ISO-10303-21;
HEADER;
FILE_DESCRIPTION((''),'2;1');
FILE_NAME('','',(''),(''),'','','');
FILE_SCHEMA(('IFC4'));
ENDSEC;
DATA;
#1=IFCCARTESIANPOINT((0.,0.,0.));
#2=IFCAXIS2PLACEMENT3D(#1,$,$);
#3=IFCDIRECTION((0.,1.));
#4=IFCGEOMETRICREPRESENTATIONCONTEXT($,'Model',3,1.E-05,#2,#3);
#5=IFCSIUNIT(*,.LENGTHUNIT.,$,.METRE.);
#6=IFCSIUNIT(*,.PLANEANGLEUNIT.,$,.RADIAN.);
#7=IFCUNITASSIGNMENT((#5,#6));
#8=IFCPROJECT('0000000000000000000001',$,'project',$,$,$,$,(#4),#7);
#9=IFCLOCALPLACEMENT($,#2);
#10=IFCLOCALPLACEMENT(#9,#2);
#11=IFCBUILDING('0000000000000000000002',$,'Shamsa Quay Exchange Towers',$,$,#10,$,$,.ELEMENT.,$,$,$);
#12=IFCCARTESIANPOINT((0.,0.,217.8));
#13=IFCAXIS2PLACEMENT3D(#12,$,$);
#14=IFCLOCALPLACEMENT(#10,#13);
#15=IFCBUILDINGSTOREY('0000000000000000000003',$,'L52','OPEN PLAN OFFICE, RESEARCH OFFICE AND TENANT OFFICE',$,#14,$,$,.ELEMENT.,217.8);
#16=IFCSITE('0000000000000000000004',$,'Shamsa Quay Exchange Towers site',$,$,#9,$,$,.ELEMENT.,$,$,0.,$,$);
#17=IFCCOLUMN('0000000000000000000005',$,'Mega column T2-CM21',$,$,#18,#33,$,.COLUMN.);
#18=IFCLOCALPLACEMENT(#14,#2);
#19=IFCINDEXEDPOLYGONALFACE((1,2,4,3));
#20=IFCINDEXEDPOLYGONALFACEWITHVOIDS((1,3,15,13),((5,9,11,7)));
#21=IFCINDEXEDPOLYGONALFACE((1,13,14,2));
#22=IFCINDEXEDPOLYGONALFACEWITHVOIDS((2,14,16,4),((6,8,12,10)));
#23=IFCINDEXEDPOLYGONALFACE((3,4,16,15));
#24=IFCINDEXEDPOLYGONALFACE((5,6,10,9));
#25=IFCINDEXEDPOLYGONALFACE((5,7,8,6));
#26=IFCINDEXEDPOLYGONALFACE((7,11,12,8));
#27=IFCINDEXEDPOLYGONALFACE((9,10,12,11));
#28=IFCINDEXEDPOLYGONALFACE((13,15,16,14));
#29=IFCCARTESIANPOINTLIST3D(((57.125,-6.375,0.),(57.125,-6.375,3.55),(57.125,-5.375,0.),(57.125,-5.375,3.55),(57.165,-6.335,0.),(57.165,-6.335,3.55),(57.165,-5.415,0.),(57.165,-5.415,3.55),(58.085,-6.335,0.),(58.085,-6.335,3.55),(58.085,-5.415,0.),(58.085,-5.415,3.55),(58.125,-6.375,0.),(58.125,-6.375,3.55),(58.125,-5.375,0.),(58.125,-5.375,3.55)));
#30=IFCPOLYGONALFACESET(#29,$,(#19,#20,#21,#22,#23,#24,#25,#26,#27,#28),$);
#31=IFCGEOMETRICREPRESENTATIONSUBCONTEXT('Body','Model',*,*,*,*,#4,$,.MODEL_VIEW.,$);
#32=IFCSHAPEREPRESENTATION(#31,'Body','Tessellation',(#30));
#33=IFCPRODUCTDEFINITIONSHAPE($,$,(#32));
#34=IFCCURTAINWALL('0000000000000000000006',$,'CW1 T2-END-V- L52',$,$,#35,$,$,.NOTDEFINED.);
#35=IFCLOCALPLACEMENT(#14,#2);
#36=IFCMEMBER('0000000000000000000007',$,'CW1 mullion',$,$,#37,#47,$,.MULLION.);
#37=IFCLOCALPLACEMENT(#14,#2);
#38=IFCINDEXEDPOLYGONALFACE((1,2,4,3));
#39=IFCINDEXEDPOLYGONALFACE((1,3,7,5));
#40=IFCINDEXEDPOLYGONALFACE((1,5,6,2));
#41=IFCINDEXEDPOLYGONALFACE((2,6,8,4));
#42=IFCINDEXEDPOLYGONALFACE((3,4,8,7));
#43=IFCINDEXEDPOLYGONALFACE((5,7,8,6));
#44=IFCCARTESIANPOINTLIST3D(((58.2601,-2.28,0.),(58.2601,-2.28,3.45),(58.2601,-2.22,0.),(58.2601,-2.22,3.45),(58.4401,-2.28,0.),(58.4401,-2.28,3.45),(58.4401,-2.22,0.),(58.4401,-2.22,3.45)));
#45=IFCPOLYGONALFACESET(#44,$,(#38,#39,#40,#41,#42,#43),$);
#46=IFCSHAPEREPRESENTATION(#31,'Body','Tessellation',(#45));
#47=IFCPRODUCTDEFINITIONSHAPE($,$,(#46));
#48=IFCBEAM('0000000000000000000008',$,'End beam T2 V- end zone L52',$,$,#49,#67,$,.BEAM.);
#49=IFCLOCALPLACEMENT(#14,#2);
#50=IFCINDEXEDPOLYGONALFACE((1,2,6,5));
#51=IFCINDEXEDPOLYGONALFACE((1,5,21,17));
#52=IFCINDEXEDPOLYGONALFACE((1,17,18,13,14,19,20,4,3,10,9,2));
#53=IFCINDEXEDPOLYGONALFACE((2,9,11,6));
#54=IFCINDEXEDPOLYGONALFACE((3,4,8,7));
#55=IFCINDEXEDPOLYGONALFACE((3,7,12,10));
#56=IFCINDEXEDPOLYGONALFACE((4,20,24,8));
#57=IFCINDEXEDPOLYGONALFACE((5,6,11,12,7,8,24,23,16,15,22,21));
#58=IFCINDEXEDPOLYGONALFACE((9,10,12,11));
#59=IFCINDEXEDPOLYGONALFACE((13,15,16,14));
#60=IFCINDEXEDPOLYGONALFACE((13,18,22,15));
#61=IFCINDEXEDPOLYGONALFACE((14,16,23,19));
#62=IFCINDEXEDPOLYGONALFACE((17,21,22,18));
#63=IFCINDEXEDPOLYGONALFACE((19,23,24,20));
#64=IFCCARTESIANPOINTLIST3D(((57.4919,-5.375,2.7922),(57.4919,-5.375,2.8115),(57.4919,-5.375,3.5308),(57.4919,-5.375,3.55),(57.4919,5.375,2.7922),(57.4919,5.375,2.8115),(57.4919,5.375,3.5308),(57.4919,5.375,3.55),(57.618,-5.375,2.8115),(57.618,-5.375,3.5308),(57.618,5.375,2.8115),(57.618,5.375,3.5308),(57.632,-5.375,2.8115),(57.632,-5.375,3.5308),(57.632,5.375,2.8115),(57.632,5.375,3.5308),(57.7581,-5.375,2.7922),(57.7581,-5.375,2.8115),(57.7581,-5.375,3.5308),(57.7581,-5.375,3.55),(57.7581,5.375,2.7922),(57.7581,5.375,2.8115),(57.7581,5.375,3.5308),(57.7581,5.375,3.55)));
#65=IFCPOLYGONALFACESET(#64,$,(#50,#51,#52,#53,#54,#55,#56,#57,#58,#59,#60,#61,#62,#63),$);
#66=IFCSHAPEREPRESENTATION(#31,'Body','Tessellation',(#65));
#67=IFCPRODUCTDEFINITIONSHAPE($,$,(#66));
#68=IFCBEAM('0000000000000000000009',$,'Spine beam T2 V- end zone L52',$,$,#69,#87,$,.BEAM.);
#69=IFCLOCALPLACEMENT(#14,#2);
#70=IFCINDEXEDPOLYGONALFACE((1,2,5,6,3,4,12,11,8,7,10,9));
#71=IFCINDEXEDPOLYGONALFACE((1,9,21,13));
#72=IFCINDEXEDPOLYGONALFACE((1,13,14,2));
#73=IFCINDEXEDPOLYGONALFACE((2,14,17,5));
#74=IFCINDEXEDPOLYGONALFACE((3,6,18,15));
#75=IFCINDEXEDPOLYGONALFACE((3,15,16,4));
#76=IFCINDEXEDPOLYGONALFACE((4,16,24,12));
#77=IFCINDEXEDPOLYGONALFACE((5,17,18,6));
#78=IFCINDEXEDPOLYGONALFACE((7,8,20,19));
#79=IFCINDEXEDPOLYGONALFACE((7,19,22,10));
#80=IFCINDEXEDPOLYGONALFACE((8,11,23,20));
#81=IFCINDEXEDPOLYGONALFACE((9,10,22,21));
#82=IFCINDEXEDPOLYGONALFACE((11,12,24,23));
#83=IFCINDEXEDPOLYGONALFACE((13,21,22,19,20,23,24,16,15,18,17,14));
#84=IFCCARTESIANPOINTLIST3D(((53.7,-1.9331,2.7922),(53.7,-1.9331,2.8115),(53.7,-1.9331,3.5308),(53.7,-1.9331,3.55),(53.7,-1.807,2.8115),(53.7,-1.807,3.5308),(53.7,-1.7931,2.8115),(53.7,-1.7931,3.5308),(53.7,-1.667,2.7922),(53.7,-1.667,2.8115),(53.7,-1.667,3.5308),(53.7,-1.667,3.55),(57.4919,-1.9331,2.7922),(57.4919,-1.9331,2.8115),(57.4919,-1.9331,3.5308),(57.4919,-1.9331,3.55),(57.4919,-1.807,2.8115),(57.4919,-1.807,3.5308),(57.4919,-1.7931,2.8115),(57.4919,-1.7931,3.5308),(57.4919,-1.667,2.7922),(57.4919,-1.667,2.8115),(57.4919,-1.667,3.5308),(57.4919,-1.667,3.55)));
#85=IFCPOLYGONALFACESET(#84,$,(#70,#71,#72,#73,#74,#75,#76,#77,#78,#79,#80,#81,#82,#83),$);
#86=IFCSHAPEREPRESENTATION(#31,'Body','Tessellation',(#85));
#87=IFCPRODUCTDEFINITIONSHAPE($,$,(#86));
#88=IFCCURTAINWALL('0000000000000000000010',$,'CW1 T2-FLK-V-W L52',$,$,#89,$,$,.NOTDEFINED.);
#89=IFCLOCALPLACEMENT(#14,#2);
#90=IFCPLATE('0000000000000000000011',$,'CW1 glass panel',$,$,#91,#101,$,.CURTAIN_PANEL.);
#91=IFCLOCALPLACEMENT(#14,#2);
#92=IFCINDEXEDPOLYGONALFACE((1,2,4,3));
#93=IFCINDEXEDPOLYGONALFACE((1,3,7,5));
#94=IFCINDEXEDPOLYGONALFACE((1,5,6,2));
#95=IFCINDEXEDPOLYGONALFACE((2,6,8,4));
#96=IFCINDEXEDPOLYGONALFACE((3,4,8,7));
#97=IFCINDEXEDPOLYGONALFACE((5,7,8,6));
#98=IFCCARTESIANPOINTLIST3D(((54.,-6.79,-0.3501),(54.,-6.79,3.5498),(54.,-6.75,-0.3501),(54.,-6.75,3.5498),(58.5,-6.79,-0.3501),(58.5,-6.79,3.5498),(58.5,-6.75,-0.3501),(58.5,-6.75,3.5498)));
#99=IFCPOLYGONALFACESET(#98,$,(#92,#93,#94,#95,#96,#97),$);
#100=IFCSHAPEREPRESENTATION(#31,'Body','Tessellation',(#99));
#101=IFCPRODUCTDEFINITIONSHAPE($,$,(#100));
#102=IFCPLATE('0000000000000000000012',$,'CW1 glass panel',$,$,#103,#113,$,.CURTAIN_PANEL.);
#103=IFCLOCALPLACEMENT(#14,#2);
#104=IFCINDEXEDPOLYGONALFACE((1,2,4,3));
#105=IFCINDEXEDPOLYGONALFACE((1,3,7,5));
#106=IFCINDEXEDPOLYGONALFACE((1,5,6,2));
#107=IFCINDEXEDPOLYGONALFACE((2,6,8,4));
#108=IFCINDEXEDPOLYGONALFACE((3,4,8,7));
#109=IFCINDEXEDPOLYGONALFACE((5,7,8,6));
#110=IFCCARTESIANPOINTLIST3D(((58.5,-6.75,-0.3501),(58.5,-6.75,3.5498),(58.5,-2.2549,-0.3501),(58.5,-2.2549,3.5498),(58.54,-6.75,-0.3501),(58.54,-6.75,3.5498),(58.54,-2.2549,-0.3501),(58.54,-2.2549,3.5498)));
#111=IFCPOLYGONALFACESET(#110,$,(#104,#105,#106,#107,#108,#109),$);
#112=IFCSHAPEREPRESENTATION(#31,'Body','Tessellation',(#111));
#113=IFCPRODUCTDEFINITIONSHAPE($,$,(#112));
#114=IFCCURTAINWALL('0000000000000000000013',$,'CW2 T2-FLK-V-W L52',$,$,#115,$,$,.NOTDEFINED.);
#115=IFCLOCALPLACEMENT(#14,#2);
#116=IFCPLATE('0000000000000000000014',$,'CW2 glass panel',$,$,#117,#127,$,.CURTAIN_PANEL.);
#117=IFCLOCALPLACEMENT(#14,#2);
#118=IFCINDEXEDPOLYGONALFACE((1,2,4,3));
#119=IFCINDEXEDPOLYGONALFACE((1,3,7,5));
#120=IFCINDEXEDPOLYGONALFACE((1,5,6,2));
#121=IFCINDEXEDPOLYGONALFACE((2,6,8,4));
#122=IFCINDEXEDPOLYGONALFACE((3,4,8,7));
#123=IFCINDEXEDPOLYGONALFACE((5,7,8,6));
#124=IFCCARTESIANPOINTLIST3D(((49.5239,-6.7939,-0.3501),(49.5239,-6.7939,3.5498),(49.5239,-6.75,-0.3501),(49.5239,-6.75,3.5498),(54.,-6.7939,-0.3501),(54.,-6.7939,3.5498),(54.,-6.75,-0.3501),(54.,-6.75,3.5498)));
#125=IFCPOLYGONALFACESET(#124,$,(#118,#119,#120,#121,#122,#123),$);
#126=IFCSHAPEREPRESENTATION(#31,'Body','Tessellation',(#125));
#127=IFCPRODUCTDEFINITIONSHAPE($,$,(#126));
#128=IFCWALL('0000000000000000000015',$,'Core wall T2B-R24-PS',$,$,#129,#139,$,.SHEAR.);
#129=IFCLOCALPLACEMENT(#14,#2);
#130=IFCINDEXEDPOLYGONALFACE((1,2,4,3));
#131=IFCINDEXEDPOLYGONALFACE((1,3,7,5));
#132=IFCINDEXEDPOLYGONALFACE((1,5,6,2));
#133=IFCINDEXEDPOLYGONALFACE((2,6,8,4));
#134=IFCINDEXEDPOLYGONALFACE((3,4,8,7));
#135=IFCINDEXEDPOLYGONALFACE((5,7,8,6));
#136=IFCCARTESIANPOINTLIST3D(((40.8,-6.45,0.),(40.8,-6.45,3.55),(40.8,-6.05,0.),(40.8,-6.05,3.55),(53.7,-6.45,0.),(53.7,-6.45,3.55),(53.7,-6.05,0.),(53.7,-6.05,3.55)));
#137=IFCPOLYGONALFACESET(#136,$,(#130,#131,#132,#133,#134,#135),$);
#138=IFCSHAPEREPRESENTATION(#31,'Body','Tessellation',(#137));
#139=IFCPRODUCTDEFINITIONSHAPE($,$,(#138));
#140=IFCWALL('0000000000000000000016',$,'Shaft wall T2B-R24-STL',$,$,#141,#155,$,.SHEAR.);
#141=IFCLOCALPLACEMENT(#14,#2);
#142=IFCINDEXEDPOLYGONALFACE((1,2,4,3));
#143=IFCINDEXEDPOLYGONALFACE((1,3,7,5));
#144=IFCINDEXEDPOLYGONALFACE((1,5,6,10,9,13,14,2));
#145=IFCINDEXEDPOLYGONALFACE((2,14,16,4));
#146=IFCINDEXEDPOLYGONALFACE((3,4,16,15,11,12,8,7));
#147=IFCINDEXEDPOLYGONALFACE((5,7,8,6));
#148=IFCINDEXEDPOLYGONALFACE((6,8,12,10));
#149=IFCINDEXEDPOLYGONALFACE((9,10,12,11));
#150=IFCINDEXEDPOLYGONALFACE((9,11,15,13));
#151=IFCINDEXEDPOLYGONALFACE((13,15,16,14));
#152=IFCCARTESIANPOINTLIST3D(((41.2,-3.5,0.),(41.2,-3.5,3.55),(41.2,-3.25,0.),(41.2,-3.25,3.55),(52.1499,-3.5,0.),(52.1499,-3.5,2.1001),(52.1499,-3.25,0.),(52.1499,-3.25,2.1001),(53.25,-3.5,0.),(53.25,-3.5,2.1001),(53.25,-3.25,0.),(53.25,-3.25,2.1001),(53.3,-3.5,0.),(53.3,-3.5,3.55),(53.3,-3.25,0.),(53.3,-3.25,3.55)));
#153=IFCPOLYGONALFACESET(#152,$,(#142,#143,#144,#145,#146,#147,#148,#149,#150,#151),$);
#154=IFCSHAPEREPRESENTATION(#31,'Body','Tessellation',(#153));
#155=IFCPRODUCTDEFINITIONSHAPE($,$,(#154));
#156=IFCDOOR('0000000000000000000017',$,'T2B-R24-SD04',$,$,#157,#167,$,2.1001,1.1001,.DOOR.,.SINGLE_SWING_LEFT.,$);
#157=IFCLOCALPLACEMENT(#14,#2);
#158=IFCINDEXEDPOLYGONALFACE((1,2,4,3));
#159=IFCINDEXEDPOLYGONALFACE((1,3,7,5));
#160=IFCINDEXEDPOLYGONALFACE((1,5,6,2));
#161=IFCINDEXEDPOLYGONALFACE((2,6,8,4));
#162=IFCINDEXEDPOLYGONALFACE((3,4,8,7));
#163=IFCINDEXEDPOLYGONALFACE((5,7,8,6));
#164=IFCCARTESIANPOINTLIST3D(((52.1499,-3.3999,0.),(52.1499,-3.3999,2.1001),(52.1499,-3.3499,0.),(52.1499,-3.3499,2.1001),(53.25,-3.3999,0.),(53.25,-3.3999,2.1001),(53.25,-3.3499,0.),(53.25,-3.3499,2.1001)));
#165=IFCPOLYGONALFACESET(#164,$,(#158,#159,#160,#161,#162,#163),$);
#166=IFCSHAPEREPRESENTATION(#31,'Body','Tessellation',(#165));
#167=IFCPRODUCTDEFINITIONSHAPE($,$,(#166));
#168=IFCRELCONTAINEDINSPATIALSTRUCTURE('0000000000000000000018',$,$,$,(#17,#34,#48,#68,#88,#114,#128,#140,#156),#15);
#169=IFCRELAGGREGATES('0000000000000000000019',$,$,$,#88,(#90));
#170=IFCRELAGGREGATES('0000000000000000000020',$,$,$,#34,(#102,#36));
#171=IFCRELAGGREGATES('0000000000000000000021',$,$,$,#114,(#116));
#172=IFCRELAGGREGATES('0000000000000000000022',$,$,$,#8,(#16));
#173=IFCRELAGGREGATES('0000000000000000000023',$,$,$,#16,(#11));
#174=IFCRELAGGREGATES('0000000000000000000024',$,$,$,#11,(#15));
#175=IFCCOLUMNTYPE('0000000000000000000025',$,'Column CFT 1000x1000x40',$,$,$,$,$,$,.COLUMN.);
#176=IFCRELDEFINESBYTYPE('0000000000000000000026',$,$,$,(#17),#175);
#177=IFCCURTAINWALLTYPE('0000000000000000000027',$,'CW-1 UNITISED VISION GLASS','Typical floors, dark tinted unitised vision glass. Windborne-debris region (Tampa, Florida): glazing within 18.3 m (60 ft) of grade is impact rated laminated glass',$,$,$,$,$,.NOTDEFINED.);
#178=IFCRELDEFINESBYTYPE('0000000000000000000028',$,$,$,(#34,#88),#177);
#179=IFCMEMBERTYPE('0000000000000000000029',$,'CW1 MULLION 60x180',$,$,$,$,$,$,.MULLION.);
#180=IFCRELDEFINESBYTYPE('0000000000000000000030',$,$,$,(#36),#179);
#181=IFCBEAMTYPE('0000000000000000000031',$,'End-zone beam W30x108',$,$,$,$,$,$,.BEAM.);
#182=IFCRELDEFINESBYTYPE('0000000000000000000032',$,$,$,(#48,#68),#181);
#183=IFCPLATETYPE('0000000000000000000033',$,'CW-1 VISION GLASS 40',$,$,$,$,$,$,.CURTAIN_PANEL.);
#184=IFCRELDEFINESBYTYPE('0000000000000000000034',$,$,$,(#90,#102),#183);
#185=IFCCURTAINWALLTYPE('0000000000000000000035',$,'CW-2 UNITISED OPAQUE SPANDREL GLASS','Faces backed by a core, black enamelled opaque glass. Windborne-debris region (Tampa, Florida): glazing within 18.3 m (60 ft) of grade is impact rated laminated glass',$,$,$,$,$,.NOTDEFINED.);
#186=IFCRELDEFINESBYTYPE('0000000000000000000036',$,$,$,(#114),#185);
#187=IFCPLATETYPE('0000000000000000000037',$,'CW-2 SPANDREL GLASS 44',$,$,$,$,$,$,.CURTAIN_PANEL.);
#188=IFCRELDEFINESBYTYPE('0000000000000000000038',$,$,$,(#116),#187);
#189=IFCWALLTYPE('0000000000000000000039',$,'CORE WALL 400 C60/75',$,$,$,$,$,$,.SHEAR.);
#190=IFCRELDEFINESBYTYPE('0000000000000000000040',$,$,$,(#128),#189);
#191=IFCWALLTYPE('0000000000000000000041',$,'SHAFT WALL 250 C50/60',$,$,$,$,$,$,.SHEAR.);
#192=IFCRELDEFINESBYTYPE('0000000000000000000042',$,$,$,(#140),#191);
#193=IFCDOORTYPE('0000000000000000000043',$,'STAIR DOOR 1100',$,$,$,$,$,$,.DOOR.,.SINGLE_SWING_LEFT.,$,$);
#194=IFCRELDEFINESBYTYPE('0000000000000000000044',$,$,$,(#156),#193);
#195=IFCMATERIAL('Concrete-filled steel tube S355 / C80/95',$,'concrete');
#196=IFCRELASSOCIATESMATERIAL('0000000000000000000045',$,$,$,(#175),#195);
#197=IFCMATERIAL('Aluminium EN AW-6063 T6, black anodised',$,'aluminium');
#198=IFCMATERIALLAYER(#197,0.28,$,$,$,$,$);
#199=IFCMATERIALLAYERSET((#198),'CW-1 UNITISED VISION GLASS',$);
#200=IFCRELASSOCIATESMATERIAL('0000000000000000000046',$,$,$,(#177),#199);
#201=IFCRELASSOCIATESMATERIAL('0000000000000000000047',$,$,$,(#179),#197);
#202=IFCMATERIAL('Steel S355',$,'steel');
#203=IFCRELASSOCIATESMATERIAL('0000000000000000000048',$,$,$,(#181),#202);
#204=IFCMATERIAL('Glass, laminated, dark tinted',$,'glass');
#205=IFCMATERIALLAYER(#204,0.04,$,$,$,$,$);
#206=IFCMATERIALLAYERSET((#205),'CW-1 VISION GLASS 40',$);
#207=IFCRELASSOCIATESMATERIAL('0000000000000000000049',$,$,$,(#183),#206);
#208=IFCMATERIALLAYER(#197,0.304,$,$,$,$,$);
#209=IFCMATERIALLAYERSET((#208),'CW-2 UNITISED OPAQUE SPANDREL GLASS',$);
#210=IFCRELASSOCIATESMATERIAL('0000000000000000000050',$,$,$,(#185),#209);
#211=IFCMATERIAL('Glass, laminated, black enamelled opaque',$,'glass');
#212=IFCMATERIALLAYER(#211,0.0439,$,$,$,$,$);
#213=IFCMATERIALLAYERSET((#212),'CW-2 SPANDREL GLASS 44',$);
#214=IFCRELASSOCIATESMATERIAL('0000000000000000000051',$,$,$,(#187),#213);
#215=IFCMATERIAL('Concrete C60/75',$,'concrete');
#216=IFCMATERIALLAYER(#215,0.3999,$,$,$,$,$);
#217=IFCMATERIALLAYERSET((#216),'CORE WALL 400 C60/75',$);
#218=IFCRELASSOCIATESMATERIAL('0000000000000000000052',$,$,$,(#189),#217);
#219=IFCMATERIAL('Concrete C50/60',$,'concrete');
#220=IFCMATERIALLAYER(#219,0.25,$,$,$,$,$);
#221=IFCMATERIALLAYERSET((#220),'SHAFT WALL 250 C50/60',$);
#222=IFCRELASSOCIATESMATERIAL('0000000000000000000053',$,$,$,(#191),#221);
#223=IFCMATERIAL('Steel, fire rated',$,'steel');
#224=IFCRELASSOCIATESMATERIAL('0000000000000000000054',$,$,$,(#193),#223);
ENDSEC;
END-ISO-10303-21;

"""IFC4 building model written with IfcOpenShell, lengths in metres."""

from ifc_helpers import new_model, si_unit, direction, frame, frame_2d, origin, origin_2d, place, context, subcontext, project, spatial, rectangle, hollow_rectangle, i_section, extrude, material, layer, layer_set, material_profile, profile_set, type_object, element, fill, aggregate, save


model = new_model("IFC4")

# Units and contexts
model_context = context("Model", 3, precision=1e-05, world=origin(), true_north=direction((0.0, 1.0)))
body_context = subcontext(model_context, "Body", "Model", "MODEL_VIEW")
ifc_project = project(units=[si_unit("LENGTHUNIT", "METRE"), si_unit("PLANEANGLEUNIT", "RADIAN")], contexts=[model_context])

# Site, building, storey
site_placement = place(None, origin())
site = spatial("IfcSite", under=ifc_project, at=site_placement, Name="Shamsa Quay Exchange Towers site", CompositionType="ELEMENT", RefElevation=0.0)
building_placement = place(site_placement, origin())
building = spatial("IfcBuilding", under=site, at=building_placement, Name="Shamsa Quay Exchange Towers", CompositionType="ELEMENT")
storey_placement = place(building_placement, frame((0.0, 0.0, 217.8)))
storey = spatial("IfcBuildingStorey", under=building, at=storey_placement, Name="L52", Description="OPEN PLAN OFFICE, RESEARCH OFFICE AND TENANT OFFICE", CompositionType="ELEMENT", Elevation=217.8)

# Column
ifc_material_1 = material(Name="Concrete-filled steel tube S355 / C80/95", Category="concrete")
ifc_material_profile_1 = material_profile(ifc_material_1, hollow_rectangle(XDim=1.0, YDim=1.0, WallThickness=0.04, at=origin_2d()), Name="CFT 1000x1000x40")
ifc_profile_set_1 = profile_set([ifc_material_profile_1], Name="Concrete-filled steel tube S355 / C80/95")
column_type = type_object("IfcColumnType", Name="Column CFT 1000x1000x40", PredefinedType="COLUMN", material=ifc_profile_set_1)
column_placement = place(storey_placement, frame((57.625, -5.875, 0.0)))
element("IfcColumn", 1, at=column_placement, inside=storey, type_object=column_type, Name="Mega column T2-CM21", PredefinedType="COLUMN", context=body_context, shape_type="SweptSolid", body=[
    extrude(hollow_rectangle(XDim=1.0, YDim=1.0, WallThickness=0.04, at=origin_2d()), origin(), (0.0, 0.0, 1.0), 3.55),
])

# Curtain wall, member
ifc_material_2 = material(Name="Aluminium EN AW-6063 T6, black anodised", Category="aluminium")
ifc_layer_1 = layer(ifc_material_2, 0.28)
ifc_layer_set_1 = layer_set([ifc_layer_1], Name="CW-1 UNITISED VISION GLASS")
curtain_wall_type_1 = type_object("IfcCurtainWallType", Name="CW-1 UNITISED VISION GLASS", Description="Typical floors, dark tinted unitised vision glass. Windborne-debris region (Tampa, Florida): glazing within 18.3 m (60 ft) of grade is impact rated laminated glass", PredefinedType="NOTDEFINED", material=ifc_layer_set_1)
curtain_wall_1_placement = place(storey_placement, origin())
curtain_wall_1 = element("IfcCurtainWall", 2, at=curtain_wall_1_placement, inside=storey, type_object=curtain_wall_type_1, Name="CW1 T2-END-V- L52", PredefinedType="NOTDEFINED")
ifc_material_profile_2 = material_profile(ifc_material_2, rectangle(XDim=0.1799, YDim=0.0601, at=origin_2d()), Name="MU60x180")
ifc_profile_set_2 = profile_set([ifc_material_profile_2], Name="Aluminium EN AW-6063 T6, black anodised")
member_type = type_object("IfcMemberType", Name="CW1 MULLION 60x180", PredefinedType="MULLION", material=ifc_profile_set_2)
member_placement = place(storey_placement, frame((58.3501, -2.25, 0.0), z_axis=(0.0, 0.0, 1.0), x_axis=(-1.0, 0.0, 0.0)))
member = element("IfcMember", 3, at=member_placement, type_object=member_type, Name="CW1 mullion", PredefinedType="MULLION", context=body_context, shape_type="SweptSolid", body=[
    extrude(rectangle(XDim=0.1799, YDim=0.0601, at=origin_2d()), origin(), (0.0, 0.0, 1.0), 3.45),
])

# Beams
ifc_material_3 = material(Name="Steel S355", Category="steel")
ifc_material_profile_3 = material_profile(ifc_material_3, i_section(OverallWidth=0.2661, OverallDepth=0.7578, WebThickness=0.0139, FlangeThickness=0.0193, at=origin_2d()), Name="W30x108")
ifc_profile_set_3 = profile_set([ifc_material_profile_3], Name="Steel S355")
beam_type = type_object("IfcBeamType", Name="End-zone beam W30x108", PredefinedType="BEAM", material=ifc_profile_set_3)
beam_1_placement = place(storey_placement, frame((57.625, -5.375, 3.1711), z_axis=(0.0, 1.0, 0.0), x_axis=(-1.0, 0.0, 0.0)))
element("IfcBeam", 4, at=beam_1_placement, inside=storey, type_object=beam_type, Name="End beam T2 V- end zone L52", PredefinedType="BEAM", context=body_context, shape_type="SweptSolid", body=[
    extrude(i_section(OverallWidth=0.2661, OverallDepth=0.7578, WebThickness=0.0139, FlangeThickness=0.0193, at=origin_2d()), origin(), (0.0, 0.0, 1.0), 10.75),
])
beam_2_placement = place(storey_placement, frame((53.7, -1.8, 3.1711), z_axis=(1.0, 0.0, 0.0), x_axis=(0.0, 1.0, 0.0)))
element("IfcBeam", 5, at=beam_2_placement, inside=storey, type_object=beam_type, Name="Spine beam T2 V- end zone L52", PredefinedType="BEAM", context=body_context, shape_type="SweptSolid", body=[
    extrude(i_section(OverallWidth=0.2661, OverallDepth=0.7578, WebThickness=0.0139, FlangeThickness=0.0193, at=origin_2d()), origin(), (0.0, 0.0, 1.0), 3.792),
])

# Curtain wall, plate
curtain_wall_2_placement = place(storey_placement, origin())
curtain_wall_2 = element("IfcCurtainWall", 6, at=curtain_wall_2_placement, inside=storey, type_object=curtain_wall_type_1, Name="CW1 T2-FLK-V-W L52", PredefinedType="NOTDEFINED")
ifc_material_4 = material(Name="Glass, laminated, dark tinted", Category="glass")
ifc_layer_2 = layer(ifc_material_4, 0.04)
ifc_layer_set_2 = layer_set([ifc_layer_2], Name="CW-1 VISION GLASS 40")
plate_type_1 = type_object("IfcPlateType", Name="CW-1 VISION GLASS 40", PredefinedType="CURTAIN_PANEL", material=ifc_layer_set_2)
plate_1_placement = place(storey_placement, frame((56.25, -6.77, -0.3501)))
plate_1 = element("IfcPlate", 7, at=plate_1_placement, type_object=plate_type_1, Name="CW1 glass panel", PredefinedType="CURTAIN_PANEL", context=body_context, shape_type="SweptSolid", body=[
    extrude(rectangle(XDim=4.5, YDim=0.04, at=origin_2d()), origin(), (0.0, 0.0, 1.0), 3.8999),
])
aggregate(curtain_wall_2, [plate_1])

# Plate
plate_2_placement = place(storey_placement, frame((58.52, -4.5024, -0.3501), z_axis=(0.0, 0.0, 1.0), x_axis=(0.0, 1.0, 0.0)))
plate_2 = element("IfcPlate", 8, at=plate_2_placement, type_object=plate_type_1, Name="CW1 glass panel", PredefinedType="CURTAIN_PANEL", context=body_context, shape_type="SweptSolid", body=[
    extrude(rectangle(XDim=4.4951, YDim=0.04, at=origin_2d()), origin(), (0.0, 0.0, 1.0), 3.8999),
])
aggregate(curtain_wall_1, [plate_2, member])

# Curtain wall, plate
ifc_layer_3 = layer(ifc_material_2, 0.304)
ifc_layer_set_3 = layer_set([ifc_layer_3], Name="CW-2 UNITISED OPAQUE SPANDREL GLASS")
curtain_wall_type_2 = type_object("IfcCurtainWallType", Name="CW-2 UNITISED OPAQUE SPANDREL GLASS", Description="Faces backed by a core, black enamelled opaque glass. Windborne-debris region (Tampa, Florida): glazing within 18.3 m (60 ft) of grade is impact rated laminated glass", PredefinedType="NOTDEFINED", material=ifc_layer_set_3)
curtain_wall_3_placement = place(storey_placement, origin())
curtain_wall_3 = element("IfcCurtainWall", 9, at=curtain_wall_3_placement, inside=storey, type_object=curtain_wall_type_2, Name="CW2 T2-FLK-V-W L52", PredefinedType="NOTDEFINED")
ifc_material_5 = material(Name="Glass, laminated, black enamelled opaque", Category="glass")
ifc_layer_4 = layer(ifc_material_5, 0.0439)
ifc_layer_set_4 = layer_set([ifc_layer_4], Name="CW-2 SPANDREL GLASS 44")
plate_type_2 = type_object("IfcPlateType", Name="CW-2 SPANDREL GLASS 44", PredefinedType="CURTAIN_PANEL", material=ifc_layer_set_4)
plate_3_placement = place(storey_placement, frame((51.762, -6.772, -0.3501)))
plate_3 = element("IfcPlate", 10, at=plate_3_placement, type_object=plate_type_2, Name="CW2 glass panel", PredefinedType="CURTAIN_PANEL", context=body_context, shape_type="SweptSolid", body=[
    extrude(rectangle(XDim=4.4761, YDim=0.0439, at=origin_2d()), origin(), (0.0, 0.0, 1.0), 3.8999),
])
aggregate(curtain_wall_3, [plate_3])

# Wall
ifc_material_6 = material(Name="Concrete C60/75", Category="concrete")
ifc_layer_5 = layer(ifc_material_6, 0.3999)
ifc_layer_set_5 = layer_set([ifc_layer_5], Name="CORE WALL 400 C60/75")
wall_type_1 = type_object("IfcWallType", Name="CORE WALL 400 C60/75", PredefinedType="SHEAR", material=ifc_layer_set_5)
wall_1_placement = place(storey_placement, frame((53.7, -6.25, 0.0), z_axis=(0.0, 0.0, 1.0), x_axis=(-1.0, 0.0, 0.0)))
element("IfcWall", 11, at=wall_1_placement, inside=storey, type_object=wall_type_1, Name="Core wall T2B-R24-PS", PredefinedType="SHEAR", context=body_context, shape_type="SweptSolid", body=[
    extrude(rectangle(XDim=12.8999, YDim=0.3999, at=frame_2d((6.45, 0.0))), origin(), (0.0, 0.0, 1.0), 3.55),
])

# Wall, opening, door
ifc_material_7 = material(Name="Steel, fire rated", Category="steel")
ifc_material_8 = material(Name="Concrete C50/60", Category="concrete")
ifc_layer_6 = layer(ifc_material_8, 0.25)
ifc_layer_set_6 = layer_set([ifc_layer_6], Name="SHAFT WALL 250 C50/60")
wall_type_2 = type_object("IfcWallType", Name="SHAFT WALL 250 C50/60", PredefinedType="SHEAR", material=ifc_layer_set_6)
wall_2_placement = place(storey_placement, frame((53.3, -3.375, 0.0), z_axis=(0.0, 0.0, 1.0), x_axis=(-1.0, 0.0, 0.0)))
wall_2 = element("IfcWall", 12, at=wall_2_placement, inside=storey, type_object=wall_type_2, Name="Shaft wall T2B-R24-STL", PredefinedType="SHEAR", context=body_context, shape_type="SweptSolid", body=[
    extrude(rectangle(XDim=12.1001, YDim=0.25, at=frame_2d((6.05, 0.0))), origin(), (0.0, 0.0, 1.0), 3.55),
])
opening_1_placement = place(wall_2_placement, frame((0.05, 0.0, 0.0)))
opening_1 = element("IfcOpeningElement", 13, at=opening_1_placement, cuts=wall_2, PredefinedType="OPENING", context=body_context, shape_type="SweptSolid", body=[
    extrude(rectangle(XDim=1.1001, YDim=2.1001, at=frame_2d((0.55, 1.05))), frame((0.0, 0.135, 0.0), z_axis=(0.0, -1.0, 0.0), x_axis=(1.0, 0.0, 0.0)), (0.0, 0.0, 1.0), 0.27),
])
door_type_1 = type_object("IfcDoorType", Name="STAIR DOOR 1100", OperationType="SINGLE_SWING_LEFT", PredefinedType="DOOR", material=ifc_material_7)
door_1_placement = place(opening_1_placement, origin())
door_1 = element("IfcDoor", 14, at=door_1_placement, inside=storey, type_object=door_type_1, Name="T2B-R24-SD04", OperationType="SINGLE_SWING_LEFT", OverallHeight=2.1001, OverallWidth=1.1001, PredefinedType="DOOR", context=body_context, shape_type="SweptSolid", body=[
    extrude(rectangle(XDim=1.1001, YDim=2.1001, at=frame_2d((0.55, 1.05))), frame((0.0, 0.0249, 0.0), z_axis=(0.0, -1.0, 0.0), x_axis=(1.0, 0.0, 0.0)), (0.0, 0.0, 1.0), 0.05),
])
fill(opening_1, door_1)

save(model, "model.ifc")
